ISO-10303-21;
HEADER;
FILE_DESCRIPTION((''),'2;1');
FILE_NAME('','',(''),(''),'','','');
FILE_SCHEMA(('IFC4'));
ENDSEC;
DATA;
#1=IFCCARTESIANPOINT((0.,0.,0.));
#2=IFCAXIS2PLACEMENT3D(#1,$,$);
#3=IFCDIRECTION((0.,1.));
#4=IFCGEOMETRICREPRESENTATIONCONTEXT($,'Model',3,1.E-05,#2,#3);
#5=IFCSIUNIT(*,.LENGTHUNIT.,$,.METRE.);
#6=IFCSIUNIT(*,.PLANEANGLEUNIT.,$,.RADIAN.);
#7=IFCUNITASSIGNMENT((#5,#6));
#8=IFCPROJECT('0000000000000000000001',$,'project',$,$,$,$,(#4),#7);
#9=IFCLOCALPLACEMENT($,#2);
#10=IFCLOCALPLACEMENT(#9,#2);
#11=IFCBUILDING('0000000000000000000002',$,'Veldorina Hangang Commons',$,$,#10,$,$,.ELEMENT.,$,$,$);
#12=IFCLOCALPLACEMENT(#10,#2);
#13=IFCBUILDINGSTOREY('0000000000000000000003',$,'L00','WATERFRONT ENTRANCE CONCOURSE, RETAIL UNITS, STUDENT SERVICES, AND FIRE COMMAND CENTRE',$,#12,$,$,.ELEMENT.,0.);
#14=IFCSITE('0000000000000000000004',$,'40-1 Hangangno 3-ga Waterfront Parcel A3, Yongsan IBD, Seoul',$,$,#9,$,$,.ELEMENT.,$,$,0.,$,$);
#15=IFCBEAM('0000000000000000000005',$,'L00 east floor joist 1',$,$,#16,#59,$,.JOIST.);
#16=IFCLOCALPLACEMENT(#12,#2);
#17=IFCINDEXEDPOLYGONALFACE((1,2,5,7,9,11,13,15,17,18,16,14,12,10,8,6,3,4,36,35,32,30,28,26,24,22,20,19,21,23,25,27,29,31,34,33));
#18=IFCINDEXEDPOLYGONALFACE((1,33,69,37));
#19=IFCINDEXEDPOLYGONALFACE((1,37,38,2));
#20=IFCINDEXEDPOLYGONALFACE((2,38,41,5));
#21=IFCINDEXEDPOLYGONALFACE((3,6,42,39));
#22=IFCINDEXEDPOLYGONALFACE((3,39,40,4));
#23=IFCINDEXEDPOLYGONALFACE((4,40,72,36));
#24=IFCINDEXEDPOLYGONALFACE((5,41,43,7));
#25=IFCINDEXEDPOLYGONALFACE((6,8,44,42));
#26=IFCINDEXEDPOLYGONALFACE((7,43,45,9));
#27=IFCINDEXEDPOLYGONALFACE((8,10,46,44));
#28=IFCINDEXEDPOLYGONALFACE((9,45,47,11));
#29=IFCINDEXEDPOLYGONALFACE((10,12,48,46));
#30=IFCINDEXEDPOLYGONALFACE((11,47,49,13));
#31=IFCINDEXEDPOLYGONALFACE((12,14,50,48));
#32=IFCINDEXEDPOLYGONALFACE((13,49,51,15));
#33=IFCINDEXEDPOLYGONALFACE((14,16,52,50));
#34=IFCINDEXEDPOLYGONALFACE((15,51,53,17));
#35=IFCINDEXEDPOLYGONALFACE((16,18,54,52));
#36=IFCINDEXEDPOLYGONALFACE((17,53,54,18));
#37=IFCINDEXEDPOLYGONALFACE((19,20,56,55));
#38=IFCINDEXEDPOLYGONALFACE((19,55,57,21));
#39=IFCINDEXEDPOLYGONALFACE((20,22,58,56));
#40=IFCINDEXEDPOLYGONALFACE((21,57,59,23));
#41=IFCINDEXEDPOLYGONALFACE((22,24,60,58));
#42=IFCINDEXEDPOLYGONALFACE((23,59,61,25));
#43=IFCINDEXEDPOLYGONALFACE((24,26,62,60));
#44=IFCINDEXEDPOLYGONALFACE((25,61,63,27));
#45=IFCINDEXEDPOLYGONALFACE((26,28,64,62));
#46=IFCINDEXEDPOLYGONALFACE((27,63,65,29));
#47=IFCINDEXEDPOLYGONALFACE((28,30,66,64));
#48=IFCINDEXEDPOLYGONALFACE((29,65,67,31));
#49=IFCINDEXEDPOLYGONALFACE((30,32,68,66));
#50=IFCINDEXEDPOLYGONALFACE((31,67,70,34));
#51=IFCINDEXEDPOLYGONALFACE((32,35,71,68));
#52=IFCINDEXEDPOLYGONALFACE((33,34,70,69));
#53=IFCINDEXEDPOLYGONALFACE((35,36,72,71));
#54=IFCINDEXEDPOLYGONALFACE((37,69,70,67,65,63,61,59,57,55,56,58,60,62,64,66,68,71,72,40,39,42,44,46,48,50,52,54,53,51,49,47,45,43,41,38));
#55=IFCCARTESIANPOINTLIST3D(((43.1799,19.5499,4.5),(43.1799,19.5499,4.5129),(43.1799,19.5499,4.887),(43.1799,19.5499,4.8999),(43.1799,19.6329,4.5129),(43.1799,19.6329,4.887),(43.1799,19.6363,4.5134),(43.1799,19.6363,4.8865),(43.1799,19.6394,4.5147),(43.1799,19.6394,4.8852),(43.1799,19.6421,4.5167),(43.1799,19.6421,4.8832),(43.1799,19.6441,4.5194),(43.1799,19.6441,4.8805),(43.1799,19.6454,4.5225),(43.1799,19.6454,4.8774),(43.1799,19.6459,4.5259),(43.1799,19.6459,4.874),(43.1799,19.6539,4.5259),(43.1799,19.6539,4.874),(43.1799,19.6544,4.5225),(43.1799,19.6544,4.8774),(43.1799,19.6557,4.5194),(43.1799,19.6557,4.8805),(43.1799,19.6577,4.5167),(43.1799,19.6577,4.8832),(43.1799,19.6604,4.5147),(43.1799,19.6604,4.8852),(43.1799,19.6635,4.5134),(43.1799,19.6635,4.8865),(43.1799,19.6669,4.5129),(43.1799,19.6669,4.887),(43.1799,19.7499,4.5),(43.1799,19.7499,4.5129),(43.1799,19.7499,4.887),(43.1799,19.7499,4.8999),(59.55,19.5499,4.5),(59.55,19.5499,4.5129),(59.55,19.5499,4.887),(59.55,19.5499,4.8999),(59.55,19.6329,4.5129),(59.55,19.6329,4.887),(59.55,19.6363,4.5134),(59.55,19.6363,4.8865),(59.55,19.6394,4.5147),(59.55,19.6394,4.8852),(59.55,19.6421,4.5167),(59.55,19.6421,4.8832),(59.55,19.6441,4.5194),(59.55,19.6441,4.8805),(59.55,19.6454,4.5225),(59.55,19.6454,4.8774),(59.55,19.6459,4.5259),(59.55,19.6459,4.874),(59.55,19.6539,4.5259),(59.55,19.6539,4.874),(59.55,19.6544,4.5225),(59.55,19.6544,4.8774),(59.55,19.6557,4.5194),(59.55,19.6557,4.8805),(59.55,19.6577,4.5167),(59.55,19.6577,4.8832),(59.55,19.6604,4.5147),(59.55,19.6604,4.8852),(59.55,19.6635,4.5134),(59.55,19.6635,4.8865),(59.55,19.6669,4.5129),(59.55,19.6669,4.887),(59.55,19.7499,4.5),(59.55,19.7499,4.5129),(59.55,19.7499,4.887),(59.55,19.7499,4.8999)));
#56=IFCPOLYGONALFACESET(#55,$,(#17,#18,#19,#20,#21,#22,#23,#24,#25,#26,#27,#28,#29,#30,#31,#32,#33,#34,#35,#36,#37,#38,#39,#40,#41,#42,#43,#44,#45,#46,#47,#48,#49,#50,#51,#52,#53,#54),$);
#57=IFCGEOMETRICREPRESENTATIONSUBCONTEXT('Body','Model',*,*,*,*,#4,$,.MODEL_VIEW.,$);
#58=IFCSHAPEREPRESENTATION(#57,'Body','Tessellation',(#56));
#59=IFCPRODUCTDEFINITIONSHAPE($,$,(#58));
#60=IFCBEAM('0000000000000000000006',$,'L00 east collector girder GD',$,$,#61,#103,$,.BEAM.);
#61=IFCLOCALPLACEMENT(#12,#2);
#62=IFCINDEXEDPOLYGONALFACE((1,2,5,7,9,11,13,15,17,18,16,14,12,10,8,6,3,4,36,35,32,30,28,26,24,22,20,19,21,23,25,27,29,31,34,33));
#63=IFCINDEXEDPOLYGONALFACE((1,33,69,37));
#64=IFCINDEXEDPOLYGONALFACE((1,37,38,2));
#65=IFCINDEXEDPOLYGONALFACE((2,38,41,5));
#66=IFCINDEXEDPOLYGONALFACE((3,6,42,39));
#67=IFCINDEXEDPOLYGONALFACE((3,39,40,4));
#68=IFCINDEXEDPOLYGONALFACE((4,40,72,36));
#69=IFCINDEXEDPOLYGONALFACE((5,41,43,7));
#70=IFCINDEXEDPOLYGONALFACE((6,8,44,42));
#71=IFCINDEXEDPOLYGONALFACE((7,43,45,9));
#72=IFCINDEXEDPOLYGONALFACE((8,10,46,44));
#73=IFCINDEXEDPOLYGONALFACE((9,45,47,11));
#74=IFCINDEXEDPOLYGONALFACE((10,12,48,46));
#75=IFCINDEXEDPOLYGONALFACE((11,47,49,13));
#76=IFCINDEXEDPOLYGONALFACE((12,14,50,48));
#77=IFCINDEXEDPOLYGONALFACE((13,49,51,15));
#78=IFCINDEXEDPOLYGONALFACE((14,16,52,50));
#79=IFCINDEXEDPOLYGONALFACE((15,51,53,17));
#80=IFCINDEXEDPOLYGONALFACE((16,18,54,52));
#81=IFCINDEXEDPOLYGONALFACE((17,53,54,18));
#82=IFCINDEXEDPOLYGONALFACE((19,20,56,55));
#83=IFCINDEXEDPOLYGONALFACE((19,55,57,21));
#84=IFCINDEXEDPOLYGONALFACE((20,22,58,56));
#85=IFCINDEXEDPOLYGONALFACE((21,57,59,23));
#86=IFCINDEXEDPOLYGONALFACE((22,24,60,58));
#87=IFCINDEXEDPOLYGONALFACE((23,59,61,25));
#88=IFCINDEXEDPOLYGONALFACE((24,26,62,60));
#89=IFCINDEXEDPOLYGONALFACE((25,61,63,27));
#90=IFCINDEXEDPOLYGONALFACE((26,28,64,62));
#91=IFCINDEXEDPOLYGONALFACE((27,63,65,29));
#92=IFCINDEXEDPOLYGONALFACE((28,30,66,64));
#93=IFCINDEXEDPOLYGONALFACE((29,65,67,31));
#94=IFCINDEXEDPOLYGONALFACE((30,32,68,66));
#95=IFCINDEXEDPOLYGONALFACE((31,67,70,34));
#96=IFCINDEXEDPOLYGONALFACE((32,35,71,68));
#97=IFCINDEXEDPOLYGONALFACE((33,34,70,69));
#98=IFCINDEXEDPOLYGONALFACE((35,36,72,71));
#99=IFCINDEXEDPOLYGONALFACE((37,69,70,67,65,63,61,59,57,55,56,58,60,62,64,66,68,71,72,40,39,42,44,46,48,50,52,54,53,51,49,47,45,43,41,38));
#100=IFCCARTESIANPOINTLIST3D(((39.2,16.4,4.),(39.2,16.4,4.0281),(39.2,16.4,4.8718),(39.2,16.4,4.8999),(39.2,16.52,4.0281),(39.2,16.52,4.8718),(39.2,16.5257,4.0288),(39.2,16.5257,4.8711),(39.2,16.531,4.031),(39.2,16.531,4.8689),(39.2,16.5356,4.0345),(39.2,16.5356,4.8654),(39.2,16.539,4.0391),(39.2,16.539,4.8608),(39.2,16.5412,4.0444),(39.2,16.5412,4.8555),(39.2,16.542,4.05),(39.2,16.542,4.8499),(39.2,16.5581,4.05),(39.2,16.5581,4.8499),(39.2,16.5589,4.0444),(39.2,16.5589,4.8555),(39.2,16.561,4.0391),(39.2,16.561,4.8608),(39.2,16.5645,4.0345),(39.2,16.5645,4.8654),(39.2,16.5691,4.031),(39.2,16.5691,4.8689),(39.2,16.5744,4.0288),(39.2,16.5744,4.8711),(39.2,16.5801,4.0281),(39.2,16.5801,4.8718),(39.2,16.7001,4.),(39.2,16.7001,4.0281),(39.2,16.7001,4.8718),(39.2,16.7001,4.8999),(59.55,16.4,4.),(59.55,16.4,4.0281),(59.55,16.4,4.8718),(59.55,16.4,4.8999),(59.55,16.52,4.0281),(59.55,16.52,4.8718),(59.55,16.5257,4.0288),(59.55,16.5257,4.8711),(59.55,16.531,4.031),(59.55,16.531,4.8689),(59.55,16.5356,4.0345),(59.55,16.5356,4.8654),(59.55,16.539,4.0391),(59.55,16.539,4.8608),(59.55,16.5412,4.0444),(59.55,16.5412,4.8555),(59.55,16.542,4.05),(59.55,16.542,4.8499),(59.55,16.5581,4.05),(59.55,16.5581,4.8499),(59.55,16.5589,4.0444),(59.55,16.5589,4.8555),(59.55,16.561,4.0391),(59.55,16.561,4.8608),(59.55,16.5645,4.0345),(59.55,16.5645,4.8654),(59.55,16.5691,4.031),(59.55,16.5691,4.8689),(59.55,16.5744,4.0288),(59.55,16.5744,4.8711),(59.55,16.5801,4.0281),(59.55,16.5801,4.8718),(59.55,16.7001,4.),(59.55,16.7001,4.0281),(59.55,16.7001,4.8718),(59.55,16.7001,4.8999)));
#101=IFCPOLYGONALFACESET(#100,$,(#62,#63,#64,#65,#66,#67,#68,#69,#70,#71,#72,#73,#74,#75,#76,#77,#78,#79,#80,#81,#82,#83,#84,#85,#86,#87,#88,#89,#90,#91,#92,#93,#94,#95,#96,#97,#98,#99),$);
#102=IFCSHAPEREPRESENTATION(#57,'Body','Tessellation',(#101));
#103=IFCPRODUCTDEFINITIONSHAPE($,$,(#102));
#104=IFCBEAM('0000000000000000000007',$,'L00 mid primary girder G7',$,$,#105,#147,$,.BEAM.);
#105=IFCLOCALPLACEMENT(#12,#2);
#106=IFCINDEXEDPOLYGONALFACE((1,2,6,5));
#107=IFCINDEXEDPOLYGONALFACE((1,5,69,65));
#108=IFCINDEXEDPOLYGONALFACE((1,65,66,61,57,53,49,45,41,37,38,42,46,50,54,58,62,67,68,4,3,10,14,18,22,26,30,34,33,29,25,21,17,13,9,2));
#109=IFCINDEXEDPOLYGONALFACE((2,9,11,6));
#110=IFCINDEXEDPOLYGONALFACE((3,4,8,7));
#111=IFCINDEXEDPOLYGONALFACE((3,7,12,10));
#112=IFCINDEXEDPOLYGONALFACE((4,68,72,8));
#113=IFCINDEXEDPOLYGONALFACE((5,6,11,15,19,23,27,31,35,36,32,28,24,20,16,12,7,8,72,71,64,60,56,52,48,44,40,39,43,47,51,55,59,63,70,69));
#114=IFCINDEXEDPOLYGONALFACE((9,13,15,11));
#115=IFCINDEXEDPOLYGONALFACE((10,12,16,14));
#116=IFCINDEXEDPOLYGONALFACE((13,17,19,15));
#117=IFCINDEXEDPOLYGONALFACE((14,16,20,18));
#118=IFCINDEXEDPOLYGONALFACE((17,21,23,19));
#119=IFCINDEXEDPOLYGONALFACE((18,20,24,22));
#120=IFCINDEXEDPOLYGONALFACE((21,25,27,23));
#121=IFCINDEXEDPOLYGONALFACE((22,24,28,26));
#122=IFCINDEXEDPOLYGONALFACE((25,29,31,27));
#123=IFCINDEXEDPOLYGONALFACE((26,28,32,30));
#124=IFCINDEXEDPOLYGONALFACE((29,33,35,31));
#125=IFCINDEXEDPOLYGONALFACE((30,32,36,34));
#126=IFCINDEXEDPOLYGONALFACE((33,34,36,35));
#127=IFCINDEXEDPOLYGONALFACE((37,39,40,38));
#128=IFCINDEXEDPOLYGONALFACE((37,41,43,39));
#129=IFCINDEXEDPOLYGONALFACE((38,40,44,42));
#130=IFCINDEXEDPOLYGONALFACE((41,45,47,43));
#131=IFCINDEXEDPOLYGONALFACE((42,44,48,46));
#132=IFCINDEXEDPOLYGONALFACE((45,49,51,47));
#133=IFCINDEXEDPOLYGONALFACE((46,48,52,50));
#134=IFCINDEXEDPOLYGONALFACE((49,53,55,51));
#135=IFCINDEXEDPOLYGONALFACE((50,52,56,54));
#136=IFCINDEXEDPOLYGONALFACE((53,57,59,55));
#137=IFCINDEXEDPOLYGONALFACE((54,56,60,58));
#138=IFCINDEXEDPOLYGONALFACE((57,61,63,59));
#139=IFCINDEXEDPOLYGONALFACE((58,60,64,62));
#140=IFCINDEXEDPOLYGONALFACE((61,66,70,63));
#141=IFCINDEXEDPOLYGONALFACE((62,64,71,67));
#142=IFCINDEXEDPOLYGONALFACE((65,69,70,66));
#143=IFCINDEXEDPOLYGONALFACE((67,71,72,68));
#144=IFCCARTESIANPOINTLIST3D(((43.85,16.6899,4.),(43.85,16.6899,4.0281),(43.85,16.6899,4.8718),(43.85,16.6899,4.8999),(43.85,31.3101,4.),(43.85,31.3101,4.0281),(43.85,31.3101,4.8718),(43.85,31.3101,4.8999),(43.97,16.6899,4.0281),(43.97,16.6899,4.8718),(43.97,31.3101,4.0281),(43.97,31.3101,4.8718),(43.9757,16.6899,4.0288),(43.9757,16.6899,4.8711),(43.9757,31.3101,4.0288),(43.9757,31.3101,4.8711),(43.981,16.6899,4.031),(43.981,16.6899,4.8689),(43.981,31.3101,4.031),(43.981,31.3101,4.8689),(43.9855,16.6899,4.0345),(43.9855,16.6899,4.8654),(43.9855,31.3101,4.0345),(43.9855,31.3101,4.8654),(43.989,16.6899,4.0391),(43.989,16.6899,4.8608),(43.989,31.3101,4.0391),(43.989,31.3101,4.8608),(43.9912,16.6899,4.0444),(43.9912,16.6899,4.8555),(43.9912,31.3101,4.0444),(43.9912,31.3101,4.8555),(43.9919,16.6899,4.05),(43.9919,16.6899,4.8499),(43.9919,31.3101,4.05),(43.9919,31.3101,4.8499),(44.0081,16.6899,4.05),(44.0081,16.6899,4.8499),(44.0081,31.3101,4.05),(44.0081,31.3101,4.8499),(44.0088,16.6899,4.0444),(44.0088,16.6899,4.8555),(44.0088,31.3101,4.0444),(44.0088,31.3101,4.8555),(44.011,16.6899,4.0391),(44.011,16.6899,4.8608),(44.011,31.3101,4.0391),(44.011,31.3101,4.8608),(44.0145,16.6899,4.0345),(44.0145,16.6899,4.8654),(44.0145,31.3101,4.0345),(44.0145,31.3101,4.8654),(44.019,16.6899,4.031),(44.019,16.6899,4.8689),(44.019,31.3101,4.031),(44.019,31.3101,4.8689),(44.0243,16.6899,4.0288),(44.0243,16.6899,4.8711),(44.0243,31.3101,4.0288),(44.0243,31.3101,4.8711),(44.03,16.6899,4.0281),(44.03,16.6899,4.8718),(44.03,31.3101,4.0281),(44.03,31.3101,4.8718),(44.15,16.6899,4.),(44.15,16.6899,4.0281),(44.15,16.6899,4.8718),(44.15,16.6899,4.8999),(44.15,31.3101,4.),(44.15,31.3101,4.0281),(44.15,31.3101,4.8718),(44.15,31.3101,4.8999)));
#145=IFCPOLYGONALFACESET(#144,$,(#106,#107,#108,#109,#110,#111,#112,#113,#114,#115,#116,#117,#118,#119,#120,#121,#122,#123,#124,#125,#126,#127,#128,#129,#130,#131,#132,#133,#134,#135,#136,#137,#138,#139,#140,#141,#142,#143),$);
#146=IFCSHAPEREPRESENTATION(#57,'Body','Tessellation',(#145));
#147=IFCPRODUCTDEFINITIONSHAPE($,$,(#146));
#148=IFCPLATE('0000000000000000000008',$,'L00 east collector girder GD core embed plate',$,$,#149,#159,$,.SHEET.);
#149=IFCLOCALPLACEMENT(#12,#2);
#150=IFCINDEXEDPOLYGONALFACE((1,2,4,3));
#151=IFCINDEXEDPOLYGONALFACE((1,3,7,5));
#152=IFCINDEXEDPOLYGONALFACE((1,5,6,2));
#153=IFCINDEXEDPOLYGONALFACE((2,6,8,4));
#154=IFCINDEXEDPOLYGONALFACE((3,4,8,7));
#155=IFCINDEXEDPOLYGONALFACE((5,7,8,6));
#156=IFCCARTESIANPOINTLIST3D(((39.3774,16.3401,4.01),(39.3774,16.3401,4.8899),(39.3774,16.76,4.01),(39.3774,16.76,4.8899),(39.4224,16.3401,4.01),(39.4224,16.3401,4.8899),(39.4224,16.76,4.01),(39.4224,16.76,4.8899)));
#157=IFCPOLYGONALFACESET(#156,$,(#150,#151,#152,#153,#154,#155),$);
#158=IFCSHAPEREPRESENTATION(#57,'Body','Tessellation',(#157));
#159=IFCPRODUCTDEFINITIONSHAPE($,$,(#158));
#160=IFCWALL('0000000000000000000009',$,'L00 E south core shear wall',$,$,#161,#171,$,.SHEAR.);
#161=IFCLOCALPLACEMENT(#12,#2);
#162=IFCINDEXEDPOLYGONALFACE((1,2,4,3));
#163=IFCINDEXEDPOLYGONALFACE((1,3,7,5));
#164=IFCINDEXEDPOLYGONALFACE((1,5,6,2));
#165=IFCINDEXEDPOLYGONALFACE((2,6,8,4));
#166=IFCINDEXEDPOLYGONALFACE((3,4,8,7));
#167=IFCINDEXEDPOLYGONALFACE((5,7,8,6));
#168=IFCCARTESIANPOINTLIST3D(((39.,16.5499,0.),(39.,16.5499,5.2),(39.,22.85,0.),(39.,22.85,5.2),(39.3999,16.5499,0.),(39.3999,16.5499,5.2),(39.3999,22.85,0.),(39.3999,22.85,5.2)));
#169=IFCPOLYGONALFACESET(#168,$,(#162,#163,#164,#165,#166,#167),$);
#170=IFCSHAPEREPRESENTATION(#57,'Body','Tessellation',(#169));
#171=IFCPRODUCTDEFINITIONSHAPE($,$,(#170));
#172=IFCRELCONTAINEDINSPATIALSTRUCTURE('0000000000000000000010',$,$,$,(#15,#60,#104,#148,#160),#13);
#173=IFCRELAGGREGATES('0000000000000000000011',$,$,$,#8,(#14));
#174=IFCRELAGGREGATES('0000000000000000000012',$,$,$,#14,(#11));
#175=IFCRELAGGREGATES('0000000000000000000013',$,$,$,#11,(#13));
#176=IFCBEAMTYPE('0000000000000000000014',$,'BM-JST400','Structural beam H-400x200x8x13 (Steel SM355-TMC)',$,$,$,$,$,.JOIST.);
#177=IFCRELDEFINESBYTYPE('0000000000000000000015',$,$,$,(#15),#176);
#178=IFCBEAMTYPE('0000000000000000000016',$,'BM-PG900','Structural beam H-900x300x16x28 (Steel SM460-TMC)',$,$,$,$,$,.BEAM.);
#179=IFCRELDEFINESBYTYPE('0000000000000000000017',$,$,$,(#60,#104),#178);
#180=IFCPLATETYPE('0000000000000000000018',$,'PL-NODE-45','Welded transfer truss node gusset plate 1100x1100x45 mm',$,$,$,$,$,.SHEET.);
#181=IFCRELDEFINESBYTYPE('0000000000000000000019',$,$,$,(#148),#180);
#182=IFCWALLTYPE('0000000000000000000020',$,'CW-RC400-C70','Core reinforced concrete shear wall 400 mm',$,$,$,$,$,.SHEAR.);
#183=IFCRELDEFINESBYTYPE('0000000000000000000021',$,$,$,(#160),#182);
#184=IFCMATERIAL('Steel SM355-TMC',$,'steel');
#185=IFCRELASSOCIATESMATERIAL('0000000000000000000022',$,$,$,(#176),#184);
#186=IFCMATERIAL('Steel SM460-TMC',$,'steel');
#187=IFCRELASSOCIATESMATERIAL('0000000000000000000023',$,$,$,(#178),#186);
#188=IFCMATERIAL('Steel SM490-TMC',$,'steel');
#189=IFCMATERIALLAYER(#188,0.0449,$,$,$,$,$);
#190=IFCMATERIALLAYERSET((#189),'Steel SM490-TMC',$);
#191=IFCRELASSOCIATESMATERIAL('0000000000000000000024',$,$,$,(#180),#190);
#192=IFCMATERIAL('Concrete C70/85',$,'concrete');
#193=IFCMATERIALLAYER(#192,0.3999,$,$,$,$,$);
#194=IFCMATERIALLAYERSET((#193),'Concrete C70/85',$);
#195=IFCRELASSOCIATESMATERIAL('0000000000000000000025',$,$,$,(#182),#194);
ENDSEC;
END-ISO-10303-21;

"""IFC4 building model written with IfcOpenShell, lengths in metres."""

from ifc_helpers import new_model, si_unit, direction, frame, frame_2d, origin, origin_2d, place, context, subcontext, project, spatial, rectangle, i_section, extrude, material, layer, layer_set, material_profile, profile_set, type_object, element, save


model = new_model("IFC4")

# Units and contexts
model_context = context("Model", 3, precision=1e-05, world=origin(), true_north=direction((0.0, 1.0)))
body_context = subcontext(model_context, "Body", "Model", "MODEL_VIEW")
ifc_project = project(units=[si_unit("LENGTHUNIT", "METRE"), si_unit("PLANEANGLEUNIT", "RADIAN")], contexts=[model_context])

# Site, building, storey
site_placement = place(None, origin())
site = spatial("IfcSite", under=ifc_project, at=site_placement, Name="40-1 Hangangno 3-ga Waterfront Parcel A3, Yongsan IBD, Seoul", CompositionType="ELEMENT", RefElevation=0.0)
building_placement = place(site_placement, origin())
building = spatial("IfcBuilding", under=site, at=building_placement, Name="Veldorina Hangang Commons", CompositionType="ELEMENT")
storey_placement = place(building_placement, origin())
storey = spatial("IfcBuildingStorey", under=building, at=storey_placement, Name="L00", Description="WATERFRONT ENTRANCE CONCOURSE, RETAIL UNITS, STUDENT SERVICES, AND FIRE COMMAND CENTRE", CompositionType="ELEMENT", Elevation=0.0)

# Beams
ifc_material_1 = material(Name="Steel SM355-TMC", Category="steel")
ifc_material_profile_1 = material_profile(ifc_material_1, i_section(OverallWidth=0.2, OverallDepth=0.3999, WebThickness=0.0081, FlangeThickness=0.0129, FilletRadius=0.0129, at=origin_2d()), Name="H-400x200x8x13")
ifc_profile_set_1 = profile_set([ifc_material_profile_1], Name="Steel SM355-TMC")
beam_type_1 = type_object("IfcBeamType", Name="BM-JST400", Description="Structural beam H-400x200x8x13 (Steel SM355-TMC)", PredefinedType="JOIST", material=ifc_profile_set_1)
beam_1_placement = place(storey_placement, frame((43.1799, 19.6499, 4.7), z_axis=(1.0, 0.0, 0.0), x_axis=(0.0, 1.0, 0.0)))
element("IfcBeam", 1, at=beam_1_placement, inside=storey, type_object=beam_type_1, Name="L00 east floor joist 1", PredefinedType="JOIST", context=body_context, shape_type="SweptSolid", body=[
    extrude(i_section(OverallWidth=0.2, OverallDepth=0.3999, WebThickness=0.0081, FlangeThickness=0.0129, FilletRadius=0.0129, at=origin_2d()), origin(), (0.0, 0.0, 1.0), 16.3701),
])
ifc_material_2 = material(Name="Steel SM460-TMC", Category="steel")
ifc_material_profile_2 = material_profile(ifc_material_2, i_section(OverallWidth=0.3, OverallDepth=0.8999, WebThickness=0.0161, FlangeThickness=0.0281, FilletRadius=0.022, at=origin_2d()), Name="H-900x300x16x28")
ifc_profile_set_2 = profile_set([ifc_material_profile_2], Name="Steel SM460-TMC")
beam_type_2 = type_object("IfcBeamType", Name="BM-PG900", Description="Structural beam H-900x300x16x28 (Steel SM460-TMC)", PredefinedType="BEAM", material=ifc_profile_set_2)
beam_2_placement = place(storey_placement, frame((39.2, 16.55, 4.45), z_axis=(1.0, 0.0, 0.0), x_axis=(0.0, 1.0, 0.0)))
element("IfcBeam", 2, at=beam_2_placement, inside=storey, type_object=beam_type_2, Name="L00 east collector girder GD", PredefinedType="BEAM", context=body_context, shape_type="SweptSolid", body=[
    extrude(i_section(OverallWidth=0.3, OverallDepth=0.8999, WebThickness=0.0161, FlangeThickness=0.0281, FilletRadius=0.022, at=origin_2d()), origin(), (0.0, 0.0, 1.0), 20.3501),
])
beam_3_placement = place(storey_placement, frame((44.0, 16.6899, 4.45), z_axis=(0.0, 1.0, 0.0), x_axis=(-1.0, 0.0, 0.0)))
element("IfcBeam", 3, at=beam_3_placement, inside=storey, type_object=beam_type_2, Name="L00 mid primary girder G7", PredefinedType="BEAM", context=body_context, shape_type="SweptSolid", body=[
    extrude(i_section(OverallWidth=0.3, OverallDepth=0.8999, WebThickness=0.0161, FlangeThickness=0.0281, FilletRadius=0.022, at=origin_2d()), origin(), (0.0, 0.0, 1.0), 14.6201),
])

# Plate
ifc_material_3 = material(Name="Steel SM490-TMC", Category="steel")
ifc_layer_1 = layer(ifc_material_3, 0.0449)
ifc_layer_set_1 = layer_set([ifc_layer_1], Name="Steel SM490-TMC")
plate_type = type_object("IfcPlateType", Name="PL-NODE-45", Description="Welded transfer truss node gusset plate 1100x1100x45 mm", PredefinedType="SHEET", material=ifc_layer_set_1)
plate_placement = place(storey_placement, frame((39.3999, 16.55, 4.01), z_axis=(0.0, 0.0, 1.0), x_axis=(1.0, 0.0, 0.0)))
element("IfcPlate", 4, at=plate_placement, inside=storey, type_object=plate_type, Name="L00 east collector girder GD core embed plate", PredefinedType="SHEET", context=body_context, shape_type="SweptSolid", body=[
    extrude(rectangle(XDim=0.0449, YDim=0.4199, at=origin_2d()), origin(), (0.0, 0.0, 1.0), 0.8799),
])

# Wall
ifc_material_4 = material(Name="Concrete C70/85", Category="concrete")
ifc_layer_2 = layer(ifc_material_4, 0.3999)
ifc_layer_set_2 = layer_set([ifc_layer_2], Name="Concrete C70/85")
wall_type_1 = type_object("IfcWallType", Name="CW-RC400-C70", Description="Core reinforced concrete shear wall 400 mm", PredefinedType="SHEAR", material=ifc_layer_set_2)
wall_1_placement = place(storey_placement, frame((39.2, 16.55, 0.0), z_axis=(0.0, 0.0, 1.0), x_axis=(0.0, 1.0, 0.0)))
element("IfcWall", 5, at=wall_1_placement, inside=storey, type_object=wall_type_1, Name="L00 E south core shear wall", PredefinedType="SHEAR", context=body_context, shape_type="SweptSolid", body=[
    extrude(rectangle(XDim=6.3, YDim=0.3999, at=frame_2d((3.1499, 0.0))), origin(), (0.0, 0.0, 1.0), 5.2),
])

save(model, "model.ifc")
